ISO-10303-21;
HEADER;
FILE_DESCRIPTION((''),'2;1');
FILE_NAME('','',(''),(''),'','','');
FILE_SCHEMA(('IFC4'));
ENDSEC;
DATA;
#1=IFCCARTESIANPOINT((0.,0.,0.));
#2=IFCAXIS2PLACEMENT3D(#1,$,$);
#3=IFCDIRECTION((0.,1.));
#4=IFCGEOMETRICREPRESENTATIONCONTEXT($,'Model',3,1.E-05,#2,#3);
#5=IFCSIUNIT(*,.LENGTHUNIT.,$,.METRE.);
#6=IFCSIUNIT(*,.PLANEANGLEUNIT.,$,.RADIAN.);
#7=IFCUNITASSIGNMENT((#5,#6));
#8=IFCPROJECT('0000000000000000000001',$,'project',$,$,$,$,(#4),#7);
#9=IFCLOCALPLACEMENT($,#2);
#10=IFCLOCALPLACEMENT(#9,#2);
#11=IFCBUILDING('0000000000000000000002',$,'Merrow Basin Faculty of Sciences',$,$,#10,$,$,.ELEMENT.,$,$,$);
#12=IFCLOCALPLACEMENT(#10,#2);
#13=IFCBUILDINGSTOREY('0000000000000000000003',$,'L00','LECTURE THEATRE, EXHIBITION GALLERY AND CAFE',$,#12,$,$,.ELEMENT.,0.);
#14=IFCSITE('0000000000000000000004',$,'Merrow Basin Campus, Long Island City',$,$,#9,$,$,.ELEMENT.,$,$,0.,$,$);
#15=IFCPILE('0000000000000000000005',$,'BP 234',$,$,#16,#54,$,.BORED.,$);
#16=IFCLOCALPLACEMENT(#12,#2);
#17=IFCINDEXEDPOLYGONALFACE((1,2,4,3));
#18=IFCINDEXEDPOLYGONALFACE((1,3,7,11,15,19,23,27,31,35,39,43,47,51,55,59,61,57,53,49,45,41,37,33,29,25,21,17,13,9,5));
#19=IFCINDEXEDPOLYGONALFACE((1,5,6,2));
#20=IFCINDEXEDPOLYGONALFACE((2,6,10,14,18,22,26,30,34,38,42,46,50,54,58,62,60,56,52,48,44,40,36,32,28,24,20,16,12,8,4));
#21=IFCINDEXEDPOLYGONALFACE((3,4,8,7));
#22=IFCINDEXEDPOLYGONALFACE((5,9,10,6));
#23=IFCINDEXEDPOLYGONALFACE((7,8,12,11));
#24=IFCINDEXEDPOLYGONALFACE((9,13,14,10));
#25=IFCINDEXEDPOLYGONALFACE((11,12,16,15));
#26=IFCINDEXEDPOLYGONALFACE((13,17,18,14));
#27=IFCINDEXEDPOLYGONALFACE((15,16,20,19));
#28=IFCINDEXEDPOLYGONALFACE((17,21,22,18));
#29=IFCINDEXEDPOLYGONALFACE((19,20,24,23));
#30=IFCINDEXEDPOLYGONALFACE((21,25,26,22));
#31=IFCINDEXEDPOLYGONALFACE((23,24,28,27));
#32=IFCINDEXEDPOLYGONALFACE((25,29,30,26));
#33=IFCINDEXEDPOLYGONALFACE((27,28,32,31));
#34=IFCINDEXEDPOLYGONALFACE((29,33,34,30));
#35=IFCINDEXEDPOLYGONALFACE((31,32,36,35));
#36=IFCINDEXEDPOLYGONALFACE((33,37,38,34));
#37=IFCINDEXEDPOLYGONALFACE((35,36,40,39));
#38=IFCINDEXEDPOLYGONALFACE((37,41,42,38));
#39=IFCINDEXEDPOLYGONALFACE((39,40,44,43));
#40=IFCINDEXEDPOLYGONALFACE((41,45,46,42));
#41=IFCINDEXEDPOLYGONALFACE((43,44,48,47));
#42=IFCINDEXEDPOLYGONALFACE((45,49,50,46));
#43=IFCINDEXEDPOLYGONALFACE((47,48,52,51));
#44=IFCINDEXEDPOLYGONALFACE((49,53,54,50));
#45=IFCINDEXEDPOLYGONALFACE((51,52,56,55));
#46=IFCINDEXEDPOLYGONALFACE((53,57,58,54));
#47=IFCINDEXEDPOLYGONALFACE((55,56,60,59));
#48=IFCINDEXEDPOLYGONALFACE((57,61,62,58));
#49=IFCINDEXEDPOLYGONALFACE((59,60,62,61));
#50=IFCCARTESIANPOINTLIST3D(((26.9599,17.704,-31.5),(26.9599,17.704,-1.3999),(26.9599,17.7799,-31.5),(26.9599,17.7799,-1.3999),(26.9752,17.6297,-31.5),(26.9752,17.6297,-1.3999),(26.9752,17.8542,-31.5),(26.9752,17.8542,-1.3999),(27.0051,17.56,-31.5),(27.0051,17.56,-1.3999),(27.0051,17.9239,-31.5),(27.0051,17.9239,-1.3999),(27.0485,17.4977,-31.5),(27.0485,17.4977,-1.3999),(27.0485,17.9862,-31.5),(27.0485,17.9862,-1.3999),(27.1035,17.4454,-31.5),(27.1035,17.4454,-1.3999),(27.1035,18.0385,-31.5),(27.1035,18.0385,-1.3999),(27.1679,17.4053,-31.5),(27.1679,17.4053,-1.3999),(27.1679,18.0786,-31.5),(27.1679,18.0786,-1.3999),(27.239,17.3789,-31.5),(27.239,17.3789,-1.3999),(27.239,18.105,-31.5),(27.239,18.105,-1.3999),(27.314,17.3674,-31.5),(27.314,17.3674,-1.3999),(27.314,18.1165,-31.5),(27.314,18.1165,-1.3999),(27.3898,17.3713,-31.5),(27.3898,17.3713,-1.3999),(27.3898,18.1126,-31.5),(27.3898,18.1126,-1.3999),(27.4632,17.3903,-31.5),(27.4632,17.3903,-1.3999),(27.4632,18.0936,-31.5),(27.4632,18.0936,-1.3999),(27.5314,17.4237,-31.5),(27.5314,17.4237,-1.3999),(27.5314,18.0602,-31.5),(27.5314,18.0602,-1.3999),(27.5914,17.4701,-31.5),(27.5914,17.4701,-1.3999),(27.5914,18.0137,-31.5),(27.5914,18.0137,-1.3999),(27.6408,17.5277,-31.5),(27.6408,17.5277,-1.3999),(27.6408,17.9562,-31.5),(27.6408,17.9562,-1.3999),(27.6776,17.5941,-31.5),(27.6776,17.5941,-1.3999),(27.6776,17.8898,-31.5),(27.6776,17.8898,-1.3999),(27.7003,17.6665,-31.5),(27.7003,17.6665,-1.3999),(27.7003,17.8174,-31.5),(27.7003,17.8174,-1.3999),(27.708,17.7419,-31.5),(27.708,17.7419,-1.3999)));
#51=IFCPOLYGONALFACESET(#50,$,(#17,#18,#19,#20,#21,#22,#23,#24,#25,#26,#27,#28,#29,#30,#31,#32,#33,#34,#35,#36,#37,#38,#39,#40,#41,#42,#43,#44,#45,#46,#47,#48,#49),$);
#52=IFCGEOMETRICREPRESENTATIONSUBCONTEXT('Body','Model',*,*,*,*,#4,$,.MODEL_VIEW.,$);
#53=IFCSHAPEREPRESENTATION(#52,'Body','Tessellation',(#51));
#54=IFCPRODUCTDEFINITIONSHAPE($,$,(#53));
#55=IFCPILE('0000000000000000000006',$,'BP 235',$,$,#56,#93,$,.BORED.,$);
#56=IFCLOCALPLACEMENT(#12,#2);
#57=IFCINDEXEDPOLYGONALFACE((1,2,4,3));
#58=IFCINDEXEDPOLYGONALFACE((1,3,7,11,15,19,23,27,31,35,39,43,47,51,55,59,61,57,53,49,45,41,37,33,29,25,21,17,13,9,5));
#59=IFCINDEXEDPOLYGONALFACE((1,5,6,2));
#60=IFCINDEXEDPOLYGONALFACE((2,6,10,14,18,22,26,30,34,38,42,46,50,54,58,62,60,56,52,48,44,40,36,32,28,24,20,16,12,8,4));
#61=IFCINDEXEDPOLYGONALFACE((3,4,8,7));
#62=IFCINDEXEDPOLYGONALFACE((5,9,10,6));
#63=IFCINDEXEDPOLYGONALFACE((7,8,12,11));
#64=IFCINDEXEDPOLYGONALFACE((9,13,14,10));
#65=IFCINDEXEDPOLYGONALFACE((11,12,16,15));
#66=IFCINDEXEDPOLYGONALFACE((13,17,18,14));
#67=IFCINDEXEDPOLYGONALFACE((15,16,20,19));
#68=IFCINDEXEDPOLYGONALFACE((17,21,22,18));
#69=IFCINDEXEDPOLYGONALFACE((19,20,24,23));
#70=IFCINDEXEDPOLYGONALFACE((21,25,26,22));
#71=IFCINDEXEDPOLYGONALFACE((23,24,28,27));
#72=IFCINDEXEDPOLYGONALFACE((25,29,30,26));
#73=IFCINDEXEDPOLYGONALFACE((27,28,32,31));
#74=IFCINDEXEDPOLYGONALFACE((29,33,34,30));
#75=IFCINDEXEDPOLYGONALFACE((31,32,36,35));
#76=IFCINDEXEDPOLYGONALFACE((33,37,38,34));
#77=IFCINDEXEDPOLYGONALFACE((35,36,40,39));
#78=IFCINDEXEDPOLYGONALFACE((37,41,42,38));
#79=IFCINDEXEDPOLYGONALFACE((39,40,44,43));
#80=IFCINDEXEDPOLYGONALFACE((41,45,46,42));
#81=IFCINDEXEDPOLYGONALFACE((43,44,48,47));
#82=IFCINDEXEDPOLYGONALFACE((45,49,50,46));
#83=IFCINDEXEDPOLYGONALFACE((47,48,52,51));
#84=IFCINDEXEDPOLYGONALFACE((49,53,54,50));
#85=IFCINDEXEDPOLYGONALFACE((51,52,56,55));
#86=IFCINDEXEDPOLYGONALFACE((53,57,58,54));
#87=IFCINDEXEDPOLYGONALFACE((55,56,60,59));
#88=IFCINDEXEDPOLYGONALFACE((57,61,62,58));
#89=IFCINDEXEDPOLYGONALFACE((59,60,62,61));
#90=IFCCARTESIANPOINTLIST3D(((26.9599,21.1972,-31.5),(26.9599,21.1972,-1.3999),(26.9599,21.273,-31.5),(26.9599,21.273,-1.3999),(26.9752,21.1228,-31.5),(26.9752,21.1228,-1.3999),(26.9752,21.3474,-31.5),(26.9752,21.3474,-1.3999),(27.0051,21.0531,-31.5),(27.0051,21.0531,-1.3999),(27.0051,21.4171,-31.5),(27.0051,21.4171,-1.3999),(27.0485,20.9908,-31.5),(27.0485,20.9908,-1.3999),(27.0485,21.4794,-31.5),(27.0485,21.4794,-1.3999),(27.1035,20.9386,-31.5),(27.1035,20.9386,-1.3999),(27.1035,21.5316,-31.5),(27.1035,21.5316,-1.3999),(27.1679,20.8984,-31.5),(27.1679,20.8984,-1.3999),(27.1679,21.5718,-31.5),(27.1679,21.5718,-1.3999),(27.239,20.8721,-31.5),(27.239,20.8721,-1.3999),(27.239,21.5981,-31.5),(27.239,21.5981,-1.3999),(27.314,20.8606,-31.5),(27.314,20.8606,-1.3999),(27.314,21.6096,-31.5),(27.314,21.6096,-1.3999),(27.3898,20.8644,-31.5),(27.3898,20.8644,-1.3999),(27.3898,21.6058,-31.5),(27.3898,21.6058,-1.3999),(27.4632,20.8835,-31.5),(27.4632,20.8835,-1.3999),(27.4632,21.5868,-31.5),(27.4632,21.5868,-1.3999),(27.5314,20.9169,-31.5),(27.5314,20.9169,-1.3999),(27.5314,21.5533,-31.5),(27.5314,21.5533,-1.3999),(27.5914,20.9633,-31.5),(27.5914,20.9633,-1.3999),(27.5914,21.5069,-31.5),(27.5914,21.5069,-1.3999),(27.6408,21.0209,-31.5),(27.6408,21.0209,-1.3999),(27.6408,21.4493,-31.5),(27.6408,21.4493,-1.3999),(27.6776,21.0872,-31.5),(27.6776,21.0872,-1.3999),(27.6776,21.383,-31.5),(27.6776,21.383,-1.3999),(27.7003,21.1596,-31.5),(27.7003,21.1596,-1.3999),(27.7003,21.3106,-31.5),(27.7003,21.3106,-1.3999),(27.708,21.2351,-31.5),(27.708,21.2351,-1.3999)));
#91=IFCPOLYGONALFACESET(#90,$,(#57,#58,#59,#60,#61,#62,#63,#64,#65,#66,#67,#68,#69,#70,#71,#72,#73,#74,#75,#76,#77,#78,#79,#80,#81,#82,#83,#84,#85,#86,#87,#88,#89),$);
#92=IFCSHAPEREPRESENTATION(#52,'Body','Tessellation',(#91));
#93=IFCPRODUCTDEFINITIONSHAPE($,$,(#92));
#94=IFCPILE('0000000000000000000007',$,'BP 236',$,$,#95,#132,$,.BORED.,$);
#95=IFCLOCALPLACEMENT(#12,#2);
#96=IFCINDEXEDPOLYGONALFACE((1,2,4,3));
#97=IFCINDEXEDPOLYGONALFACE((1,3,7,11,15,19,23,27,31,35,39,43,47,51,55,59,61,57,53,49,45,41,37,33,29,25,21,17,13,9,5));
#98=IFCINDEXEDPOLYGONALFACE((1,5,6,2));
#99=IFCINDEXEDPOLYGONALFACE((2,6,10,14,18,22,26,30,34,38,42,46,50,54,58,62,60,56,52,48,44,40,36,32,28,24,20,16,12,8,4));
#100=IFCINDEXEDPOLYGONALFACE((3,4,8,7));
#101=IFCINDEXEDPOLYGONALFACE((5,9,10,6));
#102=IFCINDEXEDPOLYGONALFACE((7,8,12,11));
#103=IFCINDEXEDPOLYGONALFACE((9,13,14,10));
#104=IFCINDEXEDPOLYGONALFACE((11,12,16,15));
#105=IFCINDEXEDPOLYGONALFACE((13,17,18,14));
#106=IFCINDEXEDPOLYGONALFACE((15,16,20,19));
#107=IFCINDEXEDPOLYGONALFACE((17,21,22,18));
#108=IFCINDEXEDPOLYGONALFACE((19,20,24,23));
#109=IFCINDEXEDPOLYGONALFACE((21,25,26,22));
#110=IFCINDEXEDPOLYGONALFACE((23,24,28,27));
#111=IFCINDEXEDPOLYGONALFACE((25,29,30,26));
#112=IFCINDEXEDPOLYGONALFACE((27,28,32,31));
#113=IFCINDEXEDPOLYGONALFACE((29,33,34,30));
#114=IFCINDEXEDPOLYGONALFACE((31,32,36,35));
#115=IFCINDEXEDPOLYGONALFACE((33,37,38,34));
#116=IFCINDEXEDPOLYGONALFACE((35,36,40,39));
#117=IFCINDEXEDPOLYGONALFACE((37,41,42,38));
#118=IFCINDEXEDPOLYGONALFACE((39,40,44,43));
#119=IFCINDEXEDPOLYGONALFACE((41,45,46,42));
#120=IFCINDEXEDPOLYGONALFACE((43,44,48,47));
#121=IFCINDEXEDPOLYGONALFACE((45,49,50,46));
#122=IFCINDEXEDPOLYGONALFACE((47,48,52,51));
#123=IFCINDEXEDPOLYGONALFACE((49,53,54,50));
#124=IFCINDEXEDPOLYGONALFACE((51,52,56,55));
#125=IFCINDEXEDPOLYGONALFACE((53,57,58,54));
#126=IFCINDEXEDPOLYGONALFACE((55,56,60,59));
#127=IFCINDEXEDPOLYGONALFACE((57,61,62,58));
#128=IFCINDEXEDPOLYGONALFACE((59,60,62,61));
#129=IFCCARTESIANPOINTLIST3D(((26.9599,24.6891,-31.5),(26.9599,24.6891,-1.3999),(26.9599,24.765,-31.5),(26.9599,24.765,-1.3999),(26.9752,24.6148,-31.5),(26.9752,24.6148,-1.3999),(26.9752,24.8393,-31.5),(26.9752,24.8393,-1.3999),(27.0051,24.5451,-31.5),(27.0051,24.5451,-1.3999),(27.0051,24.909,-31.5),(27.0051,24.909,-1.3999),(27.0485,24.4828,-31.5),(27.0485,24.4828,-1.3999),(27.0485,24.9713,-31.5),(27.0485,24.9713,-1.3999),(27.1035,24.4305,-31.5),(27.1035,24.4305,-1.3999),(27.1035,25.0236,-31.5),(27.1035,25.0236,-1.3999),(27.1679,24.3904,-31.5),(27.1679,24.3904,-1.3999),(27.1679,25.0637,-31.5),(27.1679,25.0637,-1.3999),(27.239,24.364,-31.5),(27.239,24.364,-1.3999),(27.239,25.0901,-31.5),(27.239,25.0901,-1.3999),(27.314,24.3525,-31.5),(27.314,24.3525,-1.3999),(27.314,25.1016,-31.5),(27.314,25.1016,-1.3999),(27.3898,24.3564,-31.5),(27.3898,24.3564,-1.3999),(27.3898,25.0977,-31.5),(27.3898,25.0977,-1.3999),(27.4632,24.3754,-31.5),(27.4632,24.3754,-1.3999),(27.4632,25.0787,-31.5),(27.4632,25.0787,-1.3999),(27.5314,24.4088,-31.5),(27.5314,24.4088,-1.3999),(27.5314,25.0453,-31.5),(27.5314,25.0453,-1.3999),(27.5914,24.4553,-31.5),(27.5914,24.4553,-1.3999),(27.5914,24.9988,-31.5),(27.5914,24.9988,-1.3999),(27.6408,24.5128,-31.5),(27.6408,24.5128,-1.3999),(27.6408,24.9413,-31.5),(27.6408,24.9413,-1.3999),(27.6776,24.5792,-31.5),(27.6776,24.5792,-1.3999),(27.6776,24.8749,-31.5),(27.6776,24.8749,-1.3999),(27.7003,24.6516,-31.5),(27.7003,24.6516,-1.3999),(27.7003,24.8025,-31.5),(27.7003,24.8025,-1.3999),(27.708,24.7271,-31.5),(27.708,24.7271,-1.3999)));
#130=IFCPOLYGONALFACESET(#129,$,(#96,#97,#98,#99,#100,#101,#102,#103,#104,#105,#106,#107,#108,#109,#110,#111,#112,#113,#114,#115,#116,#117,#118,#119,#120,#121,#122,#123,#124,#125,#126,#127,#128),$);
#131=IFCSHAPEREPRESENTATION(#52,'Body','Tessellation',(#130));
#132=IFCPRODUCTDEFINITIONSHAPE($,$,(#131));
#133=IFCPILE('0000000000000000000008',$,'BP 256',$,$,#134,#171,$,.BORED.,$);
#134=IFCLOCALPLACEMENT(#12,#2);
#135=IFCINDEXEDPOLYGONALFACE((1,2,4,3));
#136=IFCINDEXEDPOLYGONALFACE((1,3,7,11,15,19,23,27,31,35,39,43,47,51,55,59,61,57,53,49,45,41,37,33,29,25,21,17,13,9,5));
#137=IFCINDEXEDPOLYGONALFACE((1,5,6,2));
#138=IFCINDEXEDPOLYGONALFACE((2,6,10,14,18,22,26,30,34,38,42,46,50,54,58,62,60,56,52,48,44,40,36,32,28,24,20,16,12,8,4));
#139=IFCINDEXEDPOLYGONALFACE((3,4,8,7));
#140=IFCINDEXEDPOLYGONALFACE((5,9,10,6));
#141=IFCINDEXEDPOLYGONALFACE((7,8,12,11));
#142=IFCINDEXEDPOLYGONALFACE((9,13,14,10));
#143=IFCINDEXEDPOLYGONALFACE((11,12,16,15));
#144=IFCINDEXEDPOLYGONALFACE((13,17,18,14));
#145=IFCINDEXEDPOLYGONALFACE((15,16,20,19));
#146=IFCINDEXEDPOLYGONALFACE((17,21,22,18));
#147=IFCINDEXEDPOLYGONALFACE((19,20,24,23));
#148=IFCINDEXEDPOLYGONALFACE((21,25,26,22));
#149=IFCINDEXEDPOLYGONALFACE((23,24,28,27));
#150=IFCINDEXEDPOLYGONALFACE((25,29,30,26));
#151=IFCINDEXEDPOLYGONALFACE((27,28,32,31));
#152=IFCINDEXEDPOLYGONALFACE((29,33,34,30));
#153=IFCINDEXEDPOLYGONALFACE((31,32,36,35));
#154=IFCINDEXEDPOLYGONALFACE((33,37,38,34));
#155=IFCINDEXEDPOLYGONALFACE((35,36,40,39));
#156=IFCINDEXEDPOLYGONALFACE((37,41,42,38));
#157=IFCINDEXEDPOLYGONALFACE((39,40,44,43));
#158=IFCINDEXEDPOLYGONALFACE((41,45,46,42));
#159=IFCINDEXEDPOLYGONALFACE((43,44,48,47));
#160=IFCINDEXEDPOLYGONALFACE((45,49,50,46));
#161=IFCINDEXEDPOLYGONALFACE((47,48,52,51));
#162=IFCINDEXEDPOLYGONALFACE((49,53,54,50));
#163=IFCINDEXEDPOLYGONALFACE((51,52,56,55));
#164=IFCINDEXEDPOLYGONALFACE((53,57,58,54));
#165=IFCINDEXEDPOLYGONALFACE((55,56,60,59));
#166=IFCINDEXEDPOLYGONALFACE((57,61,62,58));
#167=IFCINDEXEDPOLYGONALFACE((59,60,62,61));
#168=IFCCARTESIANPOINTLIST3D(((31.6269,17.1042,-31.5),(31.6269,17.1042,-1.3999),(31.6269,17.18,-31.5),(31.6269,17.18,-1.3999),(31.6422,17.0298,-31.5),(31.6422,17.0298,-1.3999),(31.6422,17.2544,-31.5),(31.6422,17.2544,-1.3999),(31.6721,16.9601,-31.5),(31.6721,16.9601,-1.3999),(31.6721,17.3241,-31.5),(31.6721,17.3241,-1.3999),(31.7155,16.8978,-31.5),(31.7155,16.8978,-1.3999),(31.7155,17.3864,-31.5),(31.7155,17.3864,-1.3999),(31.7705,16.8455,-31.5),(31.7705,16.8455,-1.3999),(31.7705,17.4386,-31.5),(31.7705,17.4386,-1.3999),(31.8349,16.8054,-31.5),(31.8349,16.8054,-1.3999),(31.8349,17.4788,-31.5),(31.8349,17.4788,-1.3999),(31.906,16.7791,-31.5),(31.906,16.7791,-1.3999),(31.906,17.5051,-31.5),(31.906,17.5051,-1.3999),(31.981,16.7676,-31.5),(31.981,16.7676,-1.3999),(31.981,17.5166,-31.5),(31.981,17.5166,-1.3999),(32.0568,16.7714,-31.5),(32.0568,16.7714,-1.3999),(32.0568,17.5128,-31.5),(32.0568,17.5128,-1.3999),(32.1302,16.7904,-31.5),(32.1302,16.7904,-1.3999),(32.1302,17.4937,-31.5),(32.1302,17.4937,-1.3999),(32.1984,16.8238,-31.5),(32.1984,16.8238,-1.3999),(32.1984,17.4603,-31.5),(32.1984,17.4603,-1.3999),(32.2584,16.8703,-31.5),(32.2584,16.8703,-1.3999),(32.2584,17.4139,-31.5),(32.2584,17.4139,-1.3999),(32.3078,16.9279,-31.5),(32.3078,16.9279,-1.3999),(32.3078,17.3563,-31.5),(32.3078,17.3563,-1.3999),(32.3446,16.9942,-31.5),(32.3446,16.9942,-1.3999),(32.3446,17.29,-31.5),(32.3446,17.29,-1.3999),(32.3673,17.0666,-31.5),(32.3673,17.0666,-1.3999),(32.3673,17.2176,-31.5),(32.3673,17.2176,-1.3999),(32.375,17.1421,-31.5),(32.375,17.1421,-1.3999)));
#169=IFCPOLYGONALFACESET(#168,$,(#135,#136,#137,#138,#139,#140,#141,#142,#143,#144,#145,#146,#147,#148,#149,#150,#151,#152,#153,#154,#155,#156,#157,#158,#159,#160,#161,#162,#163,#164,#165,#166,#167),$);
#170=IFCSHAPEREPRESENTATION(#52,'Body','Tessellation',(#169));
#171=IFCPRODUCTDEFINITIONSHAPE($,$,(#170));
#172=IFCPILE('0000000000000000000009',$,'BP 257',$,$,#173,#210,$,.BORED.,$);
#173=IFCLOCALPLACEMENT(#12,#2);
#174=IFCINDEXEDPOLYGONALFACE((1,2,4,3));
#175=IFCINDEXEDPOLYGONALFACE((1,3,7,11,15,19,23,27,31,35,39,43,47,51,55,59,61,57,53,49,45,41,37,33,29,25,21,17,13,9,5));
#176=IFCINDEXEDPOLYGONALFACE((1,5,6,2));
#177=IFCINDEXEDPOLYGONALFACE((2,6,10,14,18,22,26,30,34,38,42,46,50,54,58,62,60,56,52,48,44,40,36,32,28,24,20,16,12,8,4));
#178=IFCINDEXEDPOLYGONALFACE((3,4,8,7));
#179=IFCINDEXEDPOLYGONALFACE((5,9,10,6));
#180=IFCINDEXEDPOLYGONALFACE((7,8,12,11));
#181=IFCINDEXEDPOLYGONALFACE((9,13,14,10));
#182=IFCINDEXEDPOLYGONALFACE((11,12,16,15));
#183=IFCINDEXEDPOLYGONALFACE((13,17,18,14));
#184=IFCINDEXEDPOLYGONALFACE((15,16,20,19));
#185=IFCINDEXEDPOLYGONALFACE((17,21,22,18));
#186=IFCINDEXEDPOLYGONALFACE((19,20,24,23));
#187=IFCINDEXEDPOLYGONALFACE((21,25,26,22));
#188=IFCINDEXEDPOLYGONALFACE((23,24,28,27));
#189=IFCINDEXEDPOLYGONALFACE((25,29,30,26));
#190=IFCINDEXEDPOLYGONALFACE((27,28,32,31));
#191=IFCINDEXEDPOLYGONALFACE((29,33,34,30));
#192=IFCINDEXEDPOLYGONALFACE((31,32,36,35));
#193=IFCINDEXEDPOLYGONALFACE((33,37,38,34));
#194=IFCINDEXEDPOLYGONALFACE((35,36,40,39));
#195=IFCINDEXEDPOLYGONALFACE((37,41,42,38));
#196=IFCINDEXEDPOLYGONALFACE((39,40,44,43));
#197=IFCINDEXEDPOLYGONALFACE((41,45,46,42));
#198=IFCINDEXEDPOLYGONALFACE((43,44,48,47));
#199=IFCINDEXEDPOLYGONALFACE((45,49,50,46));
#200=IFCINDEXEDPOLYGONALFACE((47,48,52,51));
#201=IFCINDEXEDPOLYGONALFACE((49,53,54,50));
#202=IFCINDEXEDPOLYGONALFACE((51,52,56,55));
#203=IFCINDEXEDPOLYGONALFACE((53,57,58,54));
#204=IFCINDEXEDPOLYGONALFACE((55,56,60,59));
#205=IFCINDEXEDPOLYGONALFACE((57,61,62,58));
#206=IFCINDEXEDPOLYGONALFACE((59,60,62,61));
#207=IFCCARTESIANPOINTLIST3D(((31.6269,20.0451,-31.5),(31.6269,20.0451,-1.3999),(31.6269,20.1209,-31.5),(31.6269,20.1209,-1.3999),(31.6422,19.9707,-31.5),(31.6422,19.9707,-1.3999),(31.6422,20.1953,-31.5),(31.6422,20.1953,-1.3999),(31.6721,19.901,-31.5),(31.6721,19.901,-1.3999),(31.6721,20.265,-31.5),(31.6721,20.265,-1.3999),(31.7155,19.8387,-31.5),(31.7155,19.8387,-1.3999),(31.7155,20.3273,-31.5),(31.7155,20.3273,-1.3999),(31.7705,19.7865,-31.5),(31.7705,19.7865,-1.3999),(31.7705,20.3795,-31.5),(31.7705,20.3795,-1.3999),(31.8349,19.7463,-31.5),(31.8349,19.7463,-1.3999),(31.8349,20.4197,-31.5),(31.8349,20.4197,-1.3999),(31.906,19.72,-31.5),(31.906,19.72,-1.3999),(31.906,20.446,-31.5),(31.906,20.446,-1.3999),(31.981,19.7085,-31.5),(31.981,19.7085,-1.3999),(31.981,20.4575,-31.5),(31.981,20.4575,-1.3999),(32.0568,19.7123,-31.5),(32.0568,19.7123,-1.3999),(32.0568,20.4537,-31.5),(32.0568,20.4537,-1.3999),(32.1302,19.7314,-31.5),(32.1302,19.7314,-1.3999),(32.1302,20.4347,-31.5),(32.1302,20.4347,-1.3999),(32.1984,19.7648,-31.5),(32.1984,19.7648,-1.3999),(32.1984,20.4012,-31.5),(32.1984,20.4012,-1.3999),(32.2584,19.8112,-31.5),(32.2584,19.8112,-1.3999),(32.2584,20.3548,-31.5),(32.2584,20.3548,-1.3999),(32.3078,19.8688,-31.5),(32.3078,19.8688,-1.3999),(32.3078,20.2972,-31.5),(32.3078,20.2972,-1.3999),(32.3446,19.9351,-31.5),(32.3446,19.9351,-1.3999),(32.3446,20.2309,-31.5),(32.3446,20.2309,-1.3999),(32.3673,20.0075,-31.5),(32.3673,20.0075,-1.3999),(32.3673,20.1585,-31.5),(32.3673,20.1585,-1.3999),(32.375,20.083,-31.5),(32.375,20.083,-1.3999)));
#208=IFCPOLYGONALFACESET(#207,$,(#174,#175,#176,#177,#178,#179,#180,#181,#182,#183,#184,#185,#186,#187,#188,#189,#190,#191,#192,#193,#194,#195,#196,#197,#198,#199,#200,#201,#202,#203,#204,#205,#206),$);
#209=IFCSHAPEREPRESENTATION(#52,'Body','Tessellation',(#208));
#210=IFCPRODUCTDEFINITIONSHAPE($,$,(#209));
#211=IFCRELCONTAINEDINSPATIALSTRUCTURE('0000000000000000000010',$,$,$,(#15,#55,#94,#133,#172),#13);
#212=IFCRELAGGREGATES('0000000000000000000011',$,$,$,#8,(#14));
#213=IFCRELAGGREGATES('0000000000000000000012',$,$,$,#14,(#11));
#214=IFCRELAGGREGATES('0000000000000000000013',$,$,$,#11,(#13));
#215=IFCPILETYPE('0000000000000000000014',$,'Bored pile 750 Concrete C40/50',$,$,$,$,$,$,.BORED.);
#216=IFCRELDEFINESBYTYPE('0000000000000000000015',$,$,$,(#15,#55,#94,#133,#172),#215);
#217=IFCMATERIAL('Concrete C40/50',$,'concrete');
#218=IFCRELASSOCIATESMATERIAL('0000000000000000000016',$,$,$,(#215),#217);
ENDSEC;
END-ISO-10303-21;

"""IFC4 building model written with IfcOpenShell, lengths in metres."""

from ifc_helpers import new_model, si_unit, direction, frame, origin, origin_2d, place, context, subcontext, project, spatial, circle, extrude, material, material_profile, profile_set, type_object, element, save


model = new_model("IFC4")

# Units and contexts
model_context = context("Model", 3, precision=1e-05, world=origin(), true_north=direction((0.0, 1.0)))
body_context = subcontext(model_context, "Body", "Model", "MODEL_VIEW")
ifc_project = project(units=[si_unit("LENGTHUNIT", "METRE"), si_unit("PLANEANGLEUNIT", "RADIAN")], contexts=[model_context])

# Site, building, storey
site_placement = place(None, origin())
site = spatial("IfcSite", under=ifc_project, at=site_placement, Name="Merrow Basin Campus, Long Island City", CompositionType="ELEMENT", RefElevation=0.0)
building_placement = place(site_placement, origin())
building = spatial("IfcBuilding", under=site, at=building_placement, Name="Merrow Basin Faculty of Sciences", CompositionType="ELEMENT")
storey_placement = place(building_placement, origin())
storey = spatial("IfcBuildingStorey", under=building, at=storey_placement, Name="L00", Description="LECTURE THEATRE, EXHIBITION GALLERY AND CAFE", CompositionType="ELEMENT", Elevation=0.0)

# Piles
ifc_material_1 = material(Name="Concrete C40/50", Category="concrete")
ifc_material_profile_1 = material_profile(ifc_material_1, circle(Radius=0.375, at=origin_2d()))
ifc_profile_set_1 = profile_set([ifc_material_profile_1], Name="Concrete C40/50")
pile_type = type_object("IfcPileType", Name="Bored pile 750 Concrete C40/50", PredefinedType="BORED", material=ifc_profile_set_1)
for number, where, z_axis, x_axis, name in (
    (1, (27.333, 17.7419, -1.3999), (0.0, 0.0, -1.0), (1.0, 0.0, 0.0), "BP 234"),
    (2, (27.333, 21.2351, -1.3999), (0.0, 0.0, -1.0), (1.0, 0.0, 0.0), "BP 235"),
    (3, (27.333, 24.7271, -1.3999), (0.0, 0.0, -1.0), (1.0, 0.0, 0.0), "BP 236"),
    (4, (32.0, 17.1421, -1.3999), (0.0, 0.0, -1.0), (1.0, 0.0, 0.0), "BP 256"),
    (5, (32.0, 20.083, -1.3999), (0.0, 0.0, -1.0), (1.0, 0.0, 0.0), "BP 257"),
):
    element("IfcPile", number, at=place(storey_placement, frame(where, z_axis=z_axis, x_axis=x_axis)), inside=storey, type_object=pile_type, Name=name, PredefinedType="BORED", context=body_context, shape_type="SweptSolid", body=[
        extrude(circle(Radius=0.375, at=origin_2d()), origin(), (0.0, 0.0, 1.0), 30.1001),
    ])

save(model, "model.ifc")
